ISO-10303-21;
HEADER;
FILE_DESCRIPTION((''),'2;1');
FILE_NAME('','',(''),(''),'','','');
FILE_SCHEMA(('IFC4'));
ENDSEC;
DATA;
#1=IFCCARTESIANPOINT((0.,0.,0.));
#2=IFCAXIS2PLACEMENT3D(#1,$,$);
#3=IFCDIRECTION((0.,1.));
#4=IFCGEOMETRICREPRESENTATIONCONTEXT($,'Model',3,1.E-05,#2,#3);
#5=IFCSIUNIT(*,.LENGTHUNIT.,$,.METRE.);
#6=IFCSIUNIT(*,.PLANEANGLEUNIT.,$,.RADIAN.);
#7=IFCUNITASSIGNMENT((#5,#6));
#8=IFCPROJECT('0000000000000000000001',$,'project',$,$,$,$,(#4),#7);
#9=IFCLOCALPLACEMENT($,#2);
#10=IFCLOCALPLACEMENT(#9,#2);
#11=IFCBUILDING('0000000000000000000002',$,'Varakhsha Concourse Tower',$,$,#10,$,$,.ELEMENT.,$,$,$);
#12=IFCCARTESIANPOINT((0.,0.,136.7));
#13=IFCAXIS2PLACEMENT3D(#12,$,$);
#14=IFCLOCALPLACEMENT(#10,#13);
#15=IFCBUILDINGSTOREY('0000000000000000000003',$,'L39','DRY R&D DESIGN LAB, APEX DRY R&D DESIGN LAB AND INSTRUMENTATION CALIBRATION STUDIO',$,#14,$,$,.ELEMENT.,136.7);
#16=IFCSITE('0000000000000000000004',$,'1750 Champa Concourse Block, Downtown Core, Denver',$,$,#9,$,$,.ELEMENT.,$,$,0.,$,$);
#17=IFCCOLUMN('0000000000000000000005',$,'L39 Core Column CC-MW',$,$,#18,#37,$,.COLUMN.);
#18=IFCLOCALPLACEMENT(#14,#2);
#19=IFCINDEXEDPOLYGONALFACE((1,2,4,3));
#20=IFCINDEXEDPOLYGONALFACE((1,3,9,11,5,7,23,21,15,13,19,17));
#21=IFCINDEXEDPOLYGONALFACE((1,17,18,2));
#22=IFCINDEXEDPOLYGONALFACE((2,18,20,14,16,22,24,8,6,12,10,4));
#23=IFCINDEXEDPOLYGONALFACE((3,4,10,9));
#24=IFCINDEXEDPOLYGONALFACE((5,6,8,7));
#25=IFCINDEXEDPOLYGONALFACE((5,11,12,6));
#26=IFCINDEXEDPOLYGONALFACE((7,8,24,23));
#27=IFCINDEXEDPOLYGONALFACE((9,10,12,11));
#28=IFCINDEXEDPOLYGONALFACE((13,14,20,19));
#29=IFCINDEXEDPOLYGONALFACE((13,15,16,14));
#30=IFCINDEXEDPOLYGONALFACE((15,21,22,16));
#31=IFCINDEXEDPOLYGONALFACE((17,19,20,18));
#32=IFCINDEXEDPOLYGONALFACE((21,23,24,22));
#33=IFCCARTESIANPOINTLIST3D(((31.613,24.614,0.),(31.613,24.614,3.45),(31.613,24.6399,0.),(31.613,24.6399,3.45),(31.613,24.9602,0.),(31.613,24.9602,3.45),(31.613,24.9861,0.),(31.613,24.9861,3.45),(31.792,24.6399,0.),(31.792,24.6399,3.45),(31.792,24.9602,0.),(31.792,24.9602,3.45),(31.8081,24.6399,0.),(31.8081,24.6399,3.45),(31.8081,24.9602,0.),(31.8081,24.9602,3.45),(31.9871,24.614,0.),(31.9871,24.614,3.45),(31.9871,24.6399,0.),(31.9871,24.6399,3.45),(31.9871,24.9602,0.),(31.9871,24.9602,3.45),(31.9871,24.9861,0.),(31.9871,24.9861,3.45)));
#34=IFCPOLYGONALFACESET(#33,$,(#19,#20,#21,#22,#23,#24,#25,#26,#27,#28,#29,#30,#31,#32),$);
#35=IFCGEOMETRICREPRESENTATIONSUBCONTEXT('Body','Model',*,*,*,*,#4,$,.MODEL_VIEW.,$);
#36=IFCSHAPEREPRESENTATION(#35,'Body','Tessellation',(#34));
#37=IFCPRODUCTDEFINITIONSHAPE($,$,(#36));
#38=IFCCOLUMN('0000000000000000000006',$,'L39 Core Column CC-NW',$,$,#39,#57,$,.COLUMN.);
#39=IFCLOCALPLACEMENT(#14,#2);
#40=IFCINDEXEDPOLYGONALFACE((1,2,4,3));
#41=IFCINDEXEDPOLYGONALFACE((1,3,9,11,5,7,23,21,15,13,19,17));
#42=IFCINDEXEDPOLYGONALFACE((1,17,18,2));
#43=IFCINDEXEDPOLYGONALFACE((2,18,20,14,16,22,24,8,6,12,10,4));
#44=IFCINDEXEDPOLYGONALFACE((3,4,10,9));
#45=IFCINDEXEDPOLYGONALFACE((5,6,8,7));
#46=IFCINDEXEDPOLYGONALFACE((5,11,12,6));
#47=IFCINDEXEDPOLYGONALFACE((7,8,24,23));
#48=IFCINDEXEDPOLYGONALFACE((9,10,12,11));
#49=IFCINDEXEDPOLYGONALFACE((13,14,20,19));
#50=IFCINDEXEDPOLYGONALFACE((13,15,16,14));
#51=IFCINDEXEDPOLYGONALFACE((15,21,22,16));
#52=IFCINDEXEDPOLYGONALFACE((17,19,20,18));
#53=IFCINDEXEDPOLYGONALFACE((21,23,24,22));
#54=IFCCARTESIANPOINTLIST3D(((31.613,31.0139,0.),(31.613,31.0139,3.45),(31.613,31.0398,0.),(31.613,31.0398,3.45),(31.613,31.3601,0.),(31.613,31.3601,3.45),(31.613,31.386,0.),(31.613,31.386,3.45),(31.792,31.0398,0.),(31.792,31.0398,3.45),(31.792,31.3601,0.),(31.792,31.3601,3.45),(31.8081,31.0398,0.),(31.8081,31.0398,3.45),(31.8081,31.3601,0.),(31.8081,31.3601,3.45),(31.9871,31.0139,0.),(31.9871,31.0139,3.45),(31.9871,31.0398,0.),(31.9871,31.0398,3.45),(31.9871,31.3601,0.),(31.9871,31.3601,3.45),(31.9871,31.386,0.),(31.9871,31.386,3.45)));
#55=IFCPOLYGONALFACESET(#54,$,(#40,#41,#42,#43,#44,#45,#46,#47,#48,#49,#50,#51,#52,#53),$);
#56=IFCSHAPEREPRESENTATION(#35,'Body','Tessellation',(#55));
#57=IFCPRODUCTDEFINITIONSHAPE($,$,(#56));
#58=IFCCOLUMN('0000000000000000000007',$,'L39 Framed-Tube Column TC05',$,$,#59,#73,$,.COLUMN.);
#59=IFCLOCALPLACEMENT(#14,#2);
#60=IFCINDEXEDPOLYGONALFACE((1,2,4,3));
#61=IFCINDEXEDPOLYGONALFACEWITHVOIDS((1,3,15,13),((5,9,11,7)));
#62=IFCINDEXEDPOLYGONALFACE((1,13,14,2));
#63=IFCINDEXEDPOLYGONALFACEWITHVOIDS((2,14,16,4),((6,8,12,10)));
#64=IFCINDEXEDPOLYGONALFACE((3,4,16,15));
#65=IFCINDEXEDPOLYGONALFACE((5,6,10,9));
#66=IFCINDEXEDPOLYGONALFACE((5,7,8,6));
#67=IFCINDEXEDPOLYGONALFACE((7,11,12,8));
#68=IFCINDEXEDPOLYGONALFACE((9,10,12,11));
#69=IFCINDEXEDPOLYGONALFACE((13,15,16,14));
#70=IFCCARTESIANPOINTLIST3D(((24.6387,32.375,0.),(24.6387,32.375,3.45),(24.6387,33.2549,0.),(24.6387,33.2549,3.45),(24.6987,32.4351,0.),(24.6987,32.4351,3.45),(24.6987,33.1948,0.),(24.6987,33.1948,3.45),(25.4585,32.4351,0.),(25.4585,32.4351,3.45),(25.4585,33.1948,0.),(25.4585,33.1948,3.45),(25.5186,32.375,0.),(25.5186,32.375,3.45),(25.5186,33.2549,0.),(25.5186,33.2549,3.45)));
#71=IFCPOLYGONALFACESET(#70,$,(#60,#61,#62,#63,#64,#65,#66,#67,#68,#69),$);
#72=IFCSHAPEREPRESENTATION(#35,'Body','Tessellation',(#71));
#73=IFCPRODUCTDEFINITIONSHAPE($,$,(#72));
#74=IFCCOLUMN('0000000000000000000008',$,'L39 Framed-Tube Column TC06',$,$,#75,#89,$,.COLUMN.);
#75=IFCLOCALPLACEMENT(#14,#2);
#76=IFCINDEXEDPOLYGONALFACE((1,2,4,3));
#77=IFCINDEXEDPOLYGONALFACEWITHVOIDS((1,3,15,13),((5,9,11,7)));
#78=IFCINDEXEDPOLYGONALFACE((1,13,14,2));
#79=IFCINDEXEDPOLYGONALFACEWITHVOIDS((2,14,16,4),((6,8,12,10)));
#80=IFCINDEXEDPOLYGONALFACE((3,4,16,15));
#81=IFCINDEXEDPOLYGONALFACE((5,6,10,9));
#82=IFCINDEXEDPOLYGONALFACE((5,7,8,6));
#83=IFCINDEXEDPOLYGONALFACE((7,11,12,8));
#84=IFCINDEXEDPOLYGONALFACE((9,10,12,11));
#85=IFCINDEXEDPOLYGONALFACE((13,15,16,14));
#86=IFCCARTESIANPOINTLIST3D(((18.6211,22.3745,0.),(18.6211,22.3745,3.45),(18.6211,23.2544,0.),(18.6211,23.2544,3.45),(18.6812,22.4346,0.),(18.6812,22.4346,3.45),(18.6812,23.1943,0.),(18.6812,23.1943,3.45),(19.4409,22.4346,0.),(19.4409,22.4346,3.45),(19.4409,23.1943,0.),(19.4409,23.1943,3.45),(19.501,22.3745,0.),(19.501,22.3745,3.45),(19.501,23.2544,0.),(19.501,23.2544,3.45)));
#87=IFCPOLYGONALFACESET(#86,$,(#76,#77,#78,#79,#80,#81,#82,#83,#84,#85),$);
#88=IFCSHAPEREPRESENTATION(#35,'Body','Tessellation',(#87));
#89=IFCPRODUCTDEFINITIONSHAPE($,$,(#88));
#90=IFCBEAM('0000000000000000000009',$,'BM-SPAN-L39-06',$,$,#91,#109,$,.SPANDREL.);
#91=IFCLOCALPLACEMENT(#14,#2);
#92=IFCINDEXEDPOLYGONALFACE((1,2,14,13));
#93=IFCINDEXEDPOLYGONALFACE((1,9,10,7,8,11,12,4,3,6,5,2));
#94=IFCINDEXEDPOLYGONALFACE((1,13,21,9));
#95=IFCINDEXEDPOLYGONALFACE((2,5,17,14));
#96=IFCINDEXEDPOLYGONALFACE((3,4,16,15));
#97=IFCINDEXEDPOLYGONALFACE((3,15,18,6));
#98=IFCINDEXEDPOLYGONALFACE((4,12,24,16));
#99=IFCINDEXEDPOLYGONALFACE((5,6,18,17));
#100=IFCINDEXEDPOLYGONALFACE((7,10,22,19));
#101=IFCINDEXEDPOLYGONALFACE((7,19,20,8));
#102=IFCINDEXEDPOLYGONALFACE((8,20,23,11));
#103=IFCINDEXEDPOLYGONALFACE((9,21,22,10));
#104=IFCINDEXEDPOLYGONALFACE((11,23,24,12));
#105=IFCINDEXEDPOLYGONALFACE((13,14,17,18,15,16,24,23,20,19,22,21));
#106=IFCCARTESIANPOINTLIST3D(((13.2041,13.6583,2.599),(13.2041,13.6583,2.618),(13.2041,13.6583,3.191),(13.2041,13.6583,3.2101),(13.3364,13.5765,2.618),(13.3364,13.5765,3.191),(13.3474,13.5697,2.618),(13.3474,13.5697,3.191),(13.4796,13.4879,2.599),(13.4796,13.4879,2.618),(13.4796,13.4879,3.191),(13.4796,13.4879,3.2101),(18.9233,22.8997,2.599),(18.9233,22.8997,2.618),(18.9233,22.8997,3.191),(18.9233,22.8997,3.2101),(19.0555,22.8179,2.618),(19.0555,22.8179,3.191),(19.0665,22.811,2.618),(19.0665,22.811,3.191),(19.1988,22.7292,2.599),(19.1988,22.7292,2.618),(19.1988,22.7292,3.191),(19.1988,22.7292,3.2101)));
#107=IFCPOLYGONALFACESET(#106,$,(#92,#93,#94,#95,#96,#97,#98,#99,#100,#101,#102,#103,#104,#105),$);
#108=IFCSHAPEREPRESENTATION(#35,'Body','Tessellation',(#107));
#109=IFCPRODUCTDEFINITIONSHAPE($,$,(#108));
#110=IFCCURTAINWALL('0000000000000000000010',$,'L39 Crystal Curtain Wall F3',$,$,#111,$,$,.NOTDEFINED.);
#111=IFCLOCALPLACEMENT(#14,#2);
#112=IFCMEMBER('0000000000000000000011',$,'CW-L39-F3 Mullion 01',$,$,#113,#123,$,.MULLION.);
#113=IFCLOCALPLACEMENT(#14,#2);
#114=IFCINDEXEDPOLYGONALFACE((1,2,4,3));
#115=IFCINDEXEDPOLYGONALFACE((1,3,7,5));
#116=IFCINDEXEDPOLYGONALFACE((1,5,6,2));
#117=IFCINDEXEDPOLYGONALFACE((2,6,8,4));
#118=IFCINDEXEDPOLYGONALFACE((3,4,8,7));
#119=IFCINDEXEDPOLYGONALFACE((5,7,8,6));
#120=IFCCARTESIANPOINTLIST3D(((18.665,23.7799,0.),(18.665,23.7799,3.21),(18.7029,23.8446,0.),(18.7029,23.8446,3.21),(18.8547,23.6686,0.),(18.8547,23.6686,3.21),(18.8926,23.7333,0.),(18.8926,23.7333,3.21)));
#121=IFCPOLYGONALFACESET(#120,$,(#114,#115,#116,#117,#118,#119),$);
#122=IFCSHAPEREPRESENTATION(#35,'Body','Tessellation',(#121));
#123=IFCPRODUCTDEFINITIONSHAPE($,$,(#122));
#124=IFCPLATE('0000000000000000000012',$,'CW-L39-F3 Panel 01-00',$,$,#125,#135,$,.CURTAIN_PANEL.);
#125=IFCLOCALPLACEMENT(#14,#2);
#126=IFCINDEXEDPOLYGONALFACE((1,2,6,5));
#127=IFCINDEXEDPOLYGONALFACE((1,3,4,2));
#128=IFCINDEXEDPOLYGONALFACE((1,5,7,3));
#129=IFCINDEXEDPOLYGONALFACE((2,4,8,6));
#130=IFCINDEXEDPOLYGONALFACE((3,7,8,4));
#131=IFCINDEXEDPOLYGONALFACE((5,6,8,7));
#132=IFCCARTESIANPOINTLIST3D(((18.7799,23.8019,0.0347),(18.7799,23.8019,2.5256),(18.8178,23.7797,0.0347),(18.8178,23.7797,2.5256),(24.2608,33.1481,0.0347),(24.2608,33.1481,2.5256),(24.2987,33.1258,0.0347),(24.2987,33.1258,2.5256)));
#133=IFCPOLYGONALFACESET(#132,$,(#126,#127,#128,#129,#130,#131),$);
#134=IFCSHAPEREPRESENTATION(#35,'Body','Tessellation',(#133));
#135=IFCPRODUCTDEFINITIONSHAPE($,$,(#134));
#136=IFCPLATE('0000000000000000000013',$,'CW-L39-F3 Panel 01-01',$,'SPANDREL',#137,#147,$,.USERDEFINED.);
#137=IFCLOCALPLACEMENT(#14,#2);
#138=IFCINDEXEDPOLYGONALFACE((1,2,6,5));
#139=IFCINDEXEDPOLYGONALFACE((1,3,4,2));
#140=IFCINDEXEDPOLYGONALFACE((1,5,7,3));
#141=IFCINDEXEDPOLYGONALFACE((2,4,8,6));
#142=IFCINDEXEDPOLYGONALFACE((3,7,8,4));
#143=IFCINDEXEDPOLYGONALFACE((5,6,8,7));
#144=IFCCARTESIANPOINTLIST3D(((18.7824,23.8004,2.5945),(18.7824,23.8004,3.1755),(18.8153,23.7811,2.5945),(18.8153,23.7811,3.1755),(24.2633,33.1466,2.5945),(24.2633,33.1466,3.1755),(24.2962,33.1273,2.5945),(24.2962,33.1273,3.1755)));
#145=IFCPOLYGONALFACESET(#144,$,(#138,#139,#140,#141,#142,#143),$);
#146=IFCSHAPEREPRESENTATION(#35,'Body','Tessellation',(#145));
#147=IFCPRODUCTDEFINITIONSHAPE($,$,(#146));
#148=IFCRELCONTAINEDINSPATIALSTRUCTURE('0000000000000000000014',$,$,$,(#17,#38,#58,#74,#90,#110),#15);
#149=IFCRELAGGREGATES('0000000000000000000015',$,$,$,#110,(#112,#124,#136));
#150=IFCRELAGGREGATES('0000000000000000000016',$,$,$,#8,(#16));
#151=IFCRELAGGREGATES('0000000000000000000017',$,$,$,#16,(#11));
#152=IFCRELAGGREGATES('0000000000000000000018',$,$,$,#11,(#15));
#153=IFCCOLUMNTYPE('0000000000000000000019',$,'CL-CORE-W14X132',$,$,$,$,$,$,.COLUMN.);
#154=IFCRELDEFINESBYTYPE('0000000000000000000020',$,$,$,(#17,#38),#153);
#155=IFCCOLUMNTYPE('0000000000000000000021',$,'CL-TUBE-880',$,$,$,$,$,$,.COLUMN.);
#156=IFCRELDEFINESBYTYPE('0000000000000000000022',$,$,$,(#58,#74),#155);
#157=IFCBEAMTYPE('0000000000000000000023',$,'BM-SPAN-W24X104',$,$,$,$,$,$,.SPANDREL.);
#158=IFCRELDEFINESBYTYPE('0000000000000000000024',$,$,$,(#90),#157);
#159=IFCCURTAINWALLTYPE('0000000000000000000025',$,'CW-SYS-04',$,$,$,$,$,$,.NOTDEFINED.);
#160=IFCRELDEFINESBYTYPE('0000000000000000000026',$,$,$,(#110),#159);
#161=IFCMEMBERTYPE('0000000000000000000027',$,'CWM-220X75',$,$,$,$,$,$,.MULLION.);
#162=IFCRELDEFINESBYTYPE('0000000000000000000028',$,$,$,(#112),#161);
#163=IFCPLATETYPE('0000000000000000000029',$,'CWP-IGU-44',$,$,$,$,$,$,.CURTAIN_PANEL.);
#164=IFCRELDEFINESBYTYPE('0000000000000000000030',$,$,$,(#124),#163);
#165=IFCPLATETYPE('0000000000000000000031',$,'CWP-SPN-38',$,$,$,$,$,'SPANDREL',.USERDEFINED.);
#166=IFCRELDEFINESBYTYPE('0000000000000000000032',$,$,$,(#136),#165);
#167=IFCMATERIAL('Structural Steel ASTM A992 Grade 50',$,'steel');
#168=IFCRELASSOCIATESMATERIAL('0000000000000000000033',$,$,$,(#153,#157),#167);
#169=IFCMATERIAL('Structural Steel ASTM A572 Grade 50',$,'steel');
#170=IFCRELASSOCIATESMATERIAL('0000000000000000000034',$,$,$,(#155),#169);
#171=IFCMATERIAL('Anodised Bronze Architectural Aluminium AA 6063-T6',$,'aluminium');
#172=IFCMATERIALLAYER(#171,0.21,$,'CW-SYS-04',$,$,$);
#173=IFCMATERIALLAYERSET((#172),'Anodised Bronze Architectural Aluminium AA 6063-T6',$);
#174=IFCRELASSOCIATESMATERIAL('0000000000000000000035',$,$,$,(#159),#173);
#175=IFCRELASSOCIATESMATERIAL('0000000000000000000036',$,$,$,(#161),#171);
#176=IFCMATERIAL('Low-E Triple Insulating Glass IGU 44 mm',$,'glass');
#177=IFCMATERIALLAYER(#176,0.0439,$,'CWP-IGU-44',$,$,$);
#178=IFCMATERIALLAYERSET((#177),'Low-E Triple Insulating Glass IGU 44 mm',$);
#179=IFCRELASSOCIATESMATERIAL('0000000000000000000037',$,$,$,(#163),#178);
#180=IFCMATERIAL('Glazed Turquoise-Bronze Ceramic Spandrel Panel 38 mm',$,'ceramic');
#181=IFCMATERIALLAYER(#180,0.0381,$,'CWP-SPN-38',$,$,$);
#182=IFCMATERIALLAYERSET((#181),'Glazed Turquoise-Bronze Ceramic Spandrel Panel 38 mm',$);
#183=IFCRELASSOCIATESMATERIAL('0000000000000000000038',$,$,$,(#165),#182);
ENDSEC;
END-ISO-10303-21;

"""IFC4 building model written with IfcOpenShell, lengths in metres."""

from ifc_helpers import new_model, si_unit, direction, frame, origin, origin_2d, place, context, subcontext, project, spatial, rectangle, hollow_rectangle, i_section, extrude, source, transform, mapped, material, layer, layer_set, material_profile, profile_set, type_object, type_shapes, element, aggregate, save


model = new_model("IFC4")

# Units and contexts
model_context = context("Model", 3, precision=1e-05, world=origin(), true_north=direction((0.0, 1.0)))
body_context = subcontext(model_context, "Body", "Model", "MODEL_VIEW")
ifc_project = project(units=[si_unit("LENGTHUNIT", "METRE"), si_unit("PLANEANGLEUNIT", "RADIAN")], contexts=[model_context])

# Site, building, storey
site_placement = place(None, origin())
site = spatial("IfcSite", under=ifc_project, at=site_placement, Name="1750 Champa Concourse Block, Downtown Core, Denver", CompositionType="ELEMENT", RefElevation=0.0)
building_placement = place(site_placement, origin())
building = spatial("IfcBuilding", under=site, at=building_placement, Name="Varakhsha Concourse Tower", CompositionType="ELEMENT")
storey_placement = place(building_placement, frame((0.0, 0.0, 136.7)))
storey = spatial("IfcBuildingStorey", under=building, at=storey_placement, Name="L39", Description="DRY R&D DESIGN LAB, APEX DRY R&D DESIGN LAB AND INSTRUMENTATION CALIBRATION STUDIO", CompositionType="ELEMENT", Elevation=136.7)

# Columns
ifc_material_1 = material(Name="Structural Steel ASTM A992 Grade 50", Category="steel")
ifc_material_profile_1 = material_profile(ifc_material_1, i_section(OverallWidth=0.374, OverallDepth=0.3721, WebThickness=0.0161, FlangeThickness=0.0259, at=origin_2d()), Name="W14X132")
ifc_profile_set_1 = profile_set([ifc_material_profile_1], Name="Structural Steel ASTM A992 Grade 50")
column_type_1 = type_object("IfcColumnType", Name="CL-CORE-W14X132", PredefinedType="COLUMN", material=ifc_profile_set_1)
for number, where, z_axis, x_axis, name in (
    (1, (31.8, 24.8, 0.0), (0.0, 0.0, 1.0), (1.0, 0.0, 0.0), "L39 Core Column CC-MW"),
    (2, (31.8, 31.2, 0.0), (0.0, 0.0, 1.0), (1.0, 0.0, 0.0), "L39 Core Column CC-NW"),
):
    element("IfcColumn", number, at=place(storey_placement, frame(where, z_axis=z_axis, x_axis=x_axis)), inside=storey, type_object=column_type_1, Name=name, PredefinedType="COLUMN", context=body_context, shape_type="SweptSolid", body=[
        extrude(i_section(OverallWidth=0.374, OverallDepth=0.3721, WebThickness=0.0161, FlangeThickness=0.0259, at=origin_2d()), origin(), (0.0, 0.0, 1.0), 3.45),
    ])
ifc_material_2 = material(Name="Structural Steel ASTM A572 Grade 50", Category="steel")
ifc_material_profile_2 = material_profile(ifc_material_2, hollow_rectangle(XDim=0.8799, YDim=0.8799, WallThickness=0.0601, at=origin_2d()), Name="BOX 880x880x60")
ifc_profile_set_2 = profile_set([ifc_material_profile_2], Name="Structural Steel ASTM A572 Grade 50")
column_type_2 = type_object("IfcColumnType", Name="CL-TUBE-880", PredefinedType="COLUMN", material=ifc_profile_set_2)
for number, where, z_axis, x_axis, name in (
    (3, (25.0786, 32.8149, 0.0), (0.0, 0.0, 1.0), (1.0, 0.0, 0.0), "L39 Framed-Tube Column TC05"),
    (4, (19.061, 22.8145, 0.0), (0.0, 0.0, 1.0), (1.0, 0.0, 0.0), "L39 Framed-Tube Column TC06"),
):
    element("IfcColumn", number, at=place(storey_placement, frame(where, z_axis=z_axis, x_axis=x_axis)), inside=storey, type_object=column_type_2, Name=name, PredefinedType="COLUMN", context=body_context, shape_type="SweptSolid", body=[
        extrude(hollow_rectangle(XDim=0.8799, YDim=0.8799, WallThickness=0.0601, at=origin_2d()), origin(), (0.0, 0.0, 1.0), 3.45),
    ])

# Beam
ifc_material_profile_3 = material_profile(ifc_material_1, i_section(OverallWidth=0.324, OverallDepth=0.6111, WebThickness=0.0129, FlangeThickness=0.019, at=origin_2d()), Name="W24X104")
ifc_profile_set_3 = profile_set([ifc_material_profile_3], Name="Structural Steel ASTM A992 Grade 50")
beam_type = type_object("IfcBeamType", Name="BM-SPAN-W24X104", PredefinedType="SPANDREL", material=ifc_profile_set_3)
beam_placement = place(storey_placement, frame((19.061, 22.8145, 2.9045), z_axis=(-0.526244, -0.850334, 0.0), x_axis=(0.850334, -0.526244, 0.0)))
element("IfcBeam", 5, at=beam_placement, inside=storey, type_object=beam_type, Name="BM-SPAN-L39-06", PredefinedType="SPANDREL", context=body_context, shape_type="SweptSolid", body=[
    extrude(i_section(OverallWidth=0.324, OverallDepth=0.6111, WebThickness=0.0129, FlangeThickness=0.019, at=origin_2d()), origin(), (0.0, 0.0, 1.0), 10.8679),
])

# Curtain wall, member, plates
ifc_material_3 = material(Name="Anodised Bronze Architectural Aluminium AA 6063-T6", Category="aluminium")
ifc_layer_1 = layer(ifc_material_3, 0.21, Name="CW-SYS-04")
ifc_layer_set_1 = layer_set([ifc_layer_1], Name="Anodised Bronze Architectural Aluminium AA 6063-T6")
curtain_wall_type = type_object("IfcCurtainWallType", Name="CW-SYS-04", PredefinedType="NOTDEFINED", material=ifc_layer_set_1)
curtain_wall_placement = place(storey_placement, origin())
curtain_wall = element("IfcCurtainWall", 6, at=curtain_wall_placement, inside=storey, type_object=curtain_wall_type, Name="L39 Crystal Curtain Wall F3", PredefinedType="NOTDEFINED")
ifc_material_profile_4 = material_profile(ifc_material_3, rectangle(XDim=0.075, YDim=0.22, at=origin_2d()), Name="CWM-220X75")
ifc_profile_set_4 = profile_set([ifc_material_profile_4], Name="Anodised Bronze Architectural Aluminium AA 6063-T6")
member_type = type_object("IfcMemberType", Name="CWM-220X75", PredefinedType="MULLION", material=ifc_profile_set_4)
shared_shape_1 = source(origin(), body_context, "Body", "SweptSolid", [
    extrude(rectangle(XDim=0.075, YDim=0.22, at=origin_2d()), origin(), (0.0, 0.0, 1.0), 3.21),
])
type_shapes(member_type, [shared_shape_1])
member_placement = place(storey_placement, frame((18.7788, 23.7566, 0.0), z_axis=(0.0, 0.0, 1.0), x_axis=(0.505862, 0.862614, 0.0)))
member = element("IfcMember", 7, at=member_placement, type_object=member_type, Name="CW-L39-F3 Mullion 01", PredefinedType="MULLION", context=body_context, shape_type="MappedRepresentation", body=[
    mapped(shared_shape_1, transform((0.0, 0.0, 0.0), scale=1.0)),
])
ifc_material_4 = material(Name="Low-E Triple Insulating Glass IGU 44 mm", Category="glass")
ifc_layer_2 = layer(ifc_material_4, 0.0439, Name="CWP-IGU-44")
ifc_layer_set_2 = layer_set([ifc_layer_2], Name="Low-E Triple Insulating Glass IGU 44 mm")
plate_type_1 = type_object("IfcPlateType", Name="CWP-IGU-44", PredefinedType="CURTAIN_PANEL", material=ifc_layer_set_2)
shared_shape_2 = source(origin(), body_context, "Body", "SweptSolid", [
    extrude(rectangle(XDim=10.8347, YDim=0.0439, at=origin_2d()), origin(), (0.0, 0.0, 1.0), 2.491),
])
type_shapes(plate_type_1, [shared_shape_2])
plate_1_placement = place(storey_placement, frame((21.5393, 28.4639, 0.0347), z_axis=(0.0, 0.0, 1.0), x_axis=(0.505862, 0.862614, 0.0)))
plate_1 = element("IfcPlate", 8, at=plate_1_placement, type_object=plate_type_1, Name="CW-L39-F3 Panel 01-00", PredefinedType="CURTAIN_PANEL", context=body_context, shape_type="MappedRepresentation", body=[
    mapped(shared_shape_2, transform((0.0, 0.0, 0.0), scale=1.0)),
])
ifc_material_5 = material(Name="Glazed Turquoise-Bronze Ceramic Spandrel Panel 38 mm", Category="ceramic")
ifc_layer_3 = layer(ifc_material_5, 0.0381, Name="CWP-SPN-38")
ifc_layer_set_3 = layer_set([ifc_layer_3], Name="Glazed Turquoise-Bronze Ceramic Spandrel Panel 38 mm")
plate_type_2 = type_object("IfcPlateType", Name="CWP-SPN-38", ElementType="SPANDREL", PredefinedType="USERDEFINED", material=ifc_layer_set_3)
shared_shape_3 = source(origin(), body_context, "Body", "SweptSolid", [
    extrude(rectangle(XDim=10.8347, YDim=0.0381, at=origin_2d()), origin(), (0.0, 0.0, 1.0), 0.5811),
])
type_shapes(plate_type_2, [shared_shape_3])
plate_2_placement = place(storey_placement, frame((21.5393, 28.4639, 2.5945), z_axis=(0.0, 0.0, 1.0), x_axis=(0.505862, 0.862614, 0.0)))
plate_2 = element("IfcPlate", 9, at=plate_2_placement, type_object=plate_type_2, Name="CW-L39-F3 Panel 01-01", ObjectType="SPANDREL", PredefinedType="USERDEFINED", context=body_context, shape_type="MappedRepresentation", body=[
    mapped(shared_shape_3, transform((0.0, 0.0, 0.0), scale=1.0)),
])
aggregate(curtain_wall, [member, plate_1, plate_2])

save(model, "model.ifc")
